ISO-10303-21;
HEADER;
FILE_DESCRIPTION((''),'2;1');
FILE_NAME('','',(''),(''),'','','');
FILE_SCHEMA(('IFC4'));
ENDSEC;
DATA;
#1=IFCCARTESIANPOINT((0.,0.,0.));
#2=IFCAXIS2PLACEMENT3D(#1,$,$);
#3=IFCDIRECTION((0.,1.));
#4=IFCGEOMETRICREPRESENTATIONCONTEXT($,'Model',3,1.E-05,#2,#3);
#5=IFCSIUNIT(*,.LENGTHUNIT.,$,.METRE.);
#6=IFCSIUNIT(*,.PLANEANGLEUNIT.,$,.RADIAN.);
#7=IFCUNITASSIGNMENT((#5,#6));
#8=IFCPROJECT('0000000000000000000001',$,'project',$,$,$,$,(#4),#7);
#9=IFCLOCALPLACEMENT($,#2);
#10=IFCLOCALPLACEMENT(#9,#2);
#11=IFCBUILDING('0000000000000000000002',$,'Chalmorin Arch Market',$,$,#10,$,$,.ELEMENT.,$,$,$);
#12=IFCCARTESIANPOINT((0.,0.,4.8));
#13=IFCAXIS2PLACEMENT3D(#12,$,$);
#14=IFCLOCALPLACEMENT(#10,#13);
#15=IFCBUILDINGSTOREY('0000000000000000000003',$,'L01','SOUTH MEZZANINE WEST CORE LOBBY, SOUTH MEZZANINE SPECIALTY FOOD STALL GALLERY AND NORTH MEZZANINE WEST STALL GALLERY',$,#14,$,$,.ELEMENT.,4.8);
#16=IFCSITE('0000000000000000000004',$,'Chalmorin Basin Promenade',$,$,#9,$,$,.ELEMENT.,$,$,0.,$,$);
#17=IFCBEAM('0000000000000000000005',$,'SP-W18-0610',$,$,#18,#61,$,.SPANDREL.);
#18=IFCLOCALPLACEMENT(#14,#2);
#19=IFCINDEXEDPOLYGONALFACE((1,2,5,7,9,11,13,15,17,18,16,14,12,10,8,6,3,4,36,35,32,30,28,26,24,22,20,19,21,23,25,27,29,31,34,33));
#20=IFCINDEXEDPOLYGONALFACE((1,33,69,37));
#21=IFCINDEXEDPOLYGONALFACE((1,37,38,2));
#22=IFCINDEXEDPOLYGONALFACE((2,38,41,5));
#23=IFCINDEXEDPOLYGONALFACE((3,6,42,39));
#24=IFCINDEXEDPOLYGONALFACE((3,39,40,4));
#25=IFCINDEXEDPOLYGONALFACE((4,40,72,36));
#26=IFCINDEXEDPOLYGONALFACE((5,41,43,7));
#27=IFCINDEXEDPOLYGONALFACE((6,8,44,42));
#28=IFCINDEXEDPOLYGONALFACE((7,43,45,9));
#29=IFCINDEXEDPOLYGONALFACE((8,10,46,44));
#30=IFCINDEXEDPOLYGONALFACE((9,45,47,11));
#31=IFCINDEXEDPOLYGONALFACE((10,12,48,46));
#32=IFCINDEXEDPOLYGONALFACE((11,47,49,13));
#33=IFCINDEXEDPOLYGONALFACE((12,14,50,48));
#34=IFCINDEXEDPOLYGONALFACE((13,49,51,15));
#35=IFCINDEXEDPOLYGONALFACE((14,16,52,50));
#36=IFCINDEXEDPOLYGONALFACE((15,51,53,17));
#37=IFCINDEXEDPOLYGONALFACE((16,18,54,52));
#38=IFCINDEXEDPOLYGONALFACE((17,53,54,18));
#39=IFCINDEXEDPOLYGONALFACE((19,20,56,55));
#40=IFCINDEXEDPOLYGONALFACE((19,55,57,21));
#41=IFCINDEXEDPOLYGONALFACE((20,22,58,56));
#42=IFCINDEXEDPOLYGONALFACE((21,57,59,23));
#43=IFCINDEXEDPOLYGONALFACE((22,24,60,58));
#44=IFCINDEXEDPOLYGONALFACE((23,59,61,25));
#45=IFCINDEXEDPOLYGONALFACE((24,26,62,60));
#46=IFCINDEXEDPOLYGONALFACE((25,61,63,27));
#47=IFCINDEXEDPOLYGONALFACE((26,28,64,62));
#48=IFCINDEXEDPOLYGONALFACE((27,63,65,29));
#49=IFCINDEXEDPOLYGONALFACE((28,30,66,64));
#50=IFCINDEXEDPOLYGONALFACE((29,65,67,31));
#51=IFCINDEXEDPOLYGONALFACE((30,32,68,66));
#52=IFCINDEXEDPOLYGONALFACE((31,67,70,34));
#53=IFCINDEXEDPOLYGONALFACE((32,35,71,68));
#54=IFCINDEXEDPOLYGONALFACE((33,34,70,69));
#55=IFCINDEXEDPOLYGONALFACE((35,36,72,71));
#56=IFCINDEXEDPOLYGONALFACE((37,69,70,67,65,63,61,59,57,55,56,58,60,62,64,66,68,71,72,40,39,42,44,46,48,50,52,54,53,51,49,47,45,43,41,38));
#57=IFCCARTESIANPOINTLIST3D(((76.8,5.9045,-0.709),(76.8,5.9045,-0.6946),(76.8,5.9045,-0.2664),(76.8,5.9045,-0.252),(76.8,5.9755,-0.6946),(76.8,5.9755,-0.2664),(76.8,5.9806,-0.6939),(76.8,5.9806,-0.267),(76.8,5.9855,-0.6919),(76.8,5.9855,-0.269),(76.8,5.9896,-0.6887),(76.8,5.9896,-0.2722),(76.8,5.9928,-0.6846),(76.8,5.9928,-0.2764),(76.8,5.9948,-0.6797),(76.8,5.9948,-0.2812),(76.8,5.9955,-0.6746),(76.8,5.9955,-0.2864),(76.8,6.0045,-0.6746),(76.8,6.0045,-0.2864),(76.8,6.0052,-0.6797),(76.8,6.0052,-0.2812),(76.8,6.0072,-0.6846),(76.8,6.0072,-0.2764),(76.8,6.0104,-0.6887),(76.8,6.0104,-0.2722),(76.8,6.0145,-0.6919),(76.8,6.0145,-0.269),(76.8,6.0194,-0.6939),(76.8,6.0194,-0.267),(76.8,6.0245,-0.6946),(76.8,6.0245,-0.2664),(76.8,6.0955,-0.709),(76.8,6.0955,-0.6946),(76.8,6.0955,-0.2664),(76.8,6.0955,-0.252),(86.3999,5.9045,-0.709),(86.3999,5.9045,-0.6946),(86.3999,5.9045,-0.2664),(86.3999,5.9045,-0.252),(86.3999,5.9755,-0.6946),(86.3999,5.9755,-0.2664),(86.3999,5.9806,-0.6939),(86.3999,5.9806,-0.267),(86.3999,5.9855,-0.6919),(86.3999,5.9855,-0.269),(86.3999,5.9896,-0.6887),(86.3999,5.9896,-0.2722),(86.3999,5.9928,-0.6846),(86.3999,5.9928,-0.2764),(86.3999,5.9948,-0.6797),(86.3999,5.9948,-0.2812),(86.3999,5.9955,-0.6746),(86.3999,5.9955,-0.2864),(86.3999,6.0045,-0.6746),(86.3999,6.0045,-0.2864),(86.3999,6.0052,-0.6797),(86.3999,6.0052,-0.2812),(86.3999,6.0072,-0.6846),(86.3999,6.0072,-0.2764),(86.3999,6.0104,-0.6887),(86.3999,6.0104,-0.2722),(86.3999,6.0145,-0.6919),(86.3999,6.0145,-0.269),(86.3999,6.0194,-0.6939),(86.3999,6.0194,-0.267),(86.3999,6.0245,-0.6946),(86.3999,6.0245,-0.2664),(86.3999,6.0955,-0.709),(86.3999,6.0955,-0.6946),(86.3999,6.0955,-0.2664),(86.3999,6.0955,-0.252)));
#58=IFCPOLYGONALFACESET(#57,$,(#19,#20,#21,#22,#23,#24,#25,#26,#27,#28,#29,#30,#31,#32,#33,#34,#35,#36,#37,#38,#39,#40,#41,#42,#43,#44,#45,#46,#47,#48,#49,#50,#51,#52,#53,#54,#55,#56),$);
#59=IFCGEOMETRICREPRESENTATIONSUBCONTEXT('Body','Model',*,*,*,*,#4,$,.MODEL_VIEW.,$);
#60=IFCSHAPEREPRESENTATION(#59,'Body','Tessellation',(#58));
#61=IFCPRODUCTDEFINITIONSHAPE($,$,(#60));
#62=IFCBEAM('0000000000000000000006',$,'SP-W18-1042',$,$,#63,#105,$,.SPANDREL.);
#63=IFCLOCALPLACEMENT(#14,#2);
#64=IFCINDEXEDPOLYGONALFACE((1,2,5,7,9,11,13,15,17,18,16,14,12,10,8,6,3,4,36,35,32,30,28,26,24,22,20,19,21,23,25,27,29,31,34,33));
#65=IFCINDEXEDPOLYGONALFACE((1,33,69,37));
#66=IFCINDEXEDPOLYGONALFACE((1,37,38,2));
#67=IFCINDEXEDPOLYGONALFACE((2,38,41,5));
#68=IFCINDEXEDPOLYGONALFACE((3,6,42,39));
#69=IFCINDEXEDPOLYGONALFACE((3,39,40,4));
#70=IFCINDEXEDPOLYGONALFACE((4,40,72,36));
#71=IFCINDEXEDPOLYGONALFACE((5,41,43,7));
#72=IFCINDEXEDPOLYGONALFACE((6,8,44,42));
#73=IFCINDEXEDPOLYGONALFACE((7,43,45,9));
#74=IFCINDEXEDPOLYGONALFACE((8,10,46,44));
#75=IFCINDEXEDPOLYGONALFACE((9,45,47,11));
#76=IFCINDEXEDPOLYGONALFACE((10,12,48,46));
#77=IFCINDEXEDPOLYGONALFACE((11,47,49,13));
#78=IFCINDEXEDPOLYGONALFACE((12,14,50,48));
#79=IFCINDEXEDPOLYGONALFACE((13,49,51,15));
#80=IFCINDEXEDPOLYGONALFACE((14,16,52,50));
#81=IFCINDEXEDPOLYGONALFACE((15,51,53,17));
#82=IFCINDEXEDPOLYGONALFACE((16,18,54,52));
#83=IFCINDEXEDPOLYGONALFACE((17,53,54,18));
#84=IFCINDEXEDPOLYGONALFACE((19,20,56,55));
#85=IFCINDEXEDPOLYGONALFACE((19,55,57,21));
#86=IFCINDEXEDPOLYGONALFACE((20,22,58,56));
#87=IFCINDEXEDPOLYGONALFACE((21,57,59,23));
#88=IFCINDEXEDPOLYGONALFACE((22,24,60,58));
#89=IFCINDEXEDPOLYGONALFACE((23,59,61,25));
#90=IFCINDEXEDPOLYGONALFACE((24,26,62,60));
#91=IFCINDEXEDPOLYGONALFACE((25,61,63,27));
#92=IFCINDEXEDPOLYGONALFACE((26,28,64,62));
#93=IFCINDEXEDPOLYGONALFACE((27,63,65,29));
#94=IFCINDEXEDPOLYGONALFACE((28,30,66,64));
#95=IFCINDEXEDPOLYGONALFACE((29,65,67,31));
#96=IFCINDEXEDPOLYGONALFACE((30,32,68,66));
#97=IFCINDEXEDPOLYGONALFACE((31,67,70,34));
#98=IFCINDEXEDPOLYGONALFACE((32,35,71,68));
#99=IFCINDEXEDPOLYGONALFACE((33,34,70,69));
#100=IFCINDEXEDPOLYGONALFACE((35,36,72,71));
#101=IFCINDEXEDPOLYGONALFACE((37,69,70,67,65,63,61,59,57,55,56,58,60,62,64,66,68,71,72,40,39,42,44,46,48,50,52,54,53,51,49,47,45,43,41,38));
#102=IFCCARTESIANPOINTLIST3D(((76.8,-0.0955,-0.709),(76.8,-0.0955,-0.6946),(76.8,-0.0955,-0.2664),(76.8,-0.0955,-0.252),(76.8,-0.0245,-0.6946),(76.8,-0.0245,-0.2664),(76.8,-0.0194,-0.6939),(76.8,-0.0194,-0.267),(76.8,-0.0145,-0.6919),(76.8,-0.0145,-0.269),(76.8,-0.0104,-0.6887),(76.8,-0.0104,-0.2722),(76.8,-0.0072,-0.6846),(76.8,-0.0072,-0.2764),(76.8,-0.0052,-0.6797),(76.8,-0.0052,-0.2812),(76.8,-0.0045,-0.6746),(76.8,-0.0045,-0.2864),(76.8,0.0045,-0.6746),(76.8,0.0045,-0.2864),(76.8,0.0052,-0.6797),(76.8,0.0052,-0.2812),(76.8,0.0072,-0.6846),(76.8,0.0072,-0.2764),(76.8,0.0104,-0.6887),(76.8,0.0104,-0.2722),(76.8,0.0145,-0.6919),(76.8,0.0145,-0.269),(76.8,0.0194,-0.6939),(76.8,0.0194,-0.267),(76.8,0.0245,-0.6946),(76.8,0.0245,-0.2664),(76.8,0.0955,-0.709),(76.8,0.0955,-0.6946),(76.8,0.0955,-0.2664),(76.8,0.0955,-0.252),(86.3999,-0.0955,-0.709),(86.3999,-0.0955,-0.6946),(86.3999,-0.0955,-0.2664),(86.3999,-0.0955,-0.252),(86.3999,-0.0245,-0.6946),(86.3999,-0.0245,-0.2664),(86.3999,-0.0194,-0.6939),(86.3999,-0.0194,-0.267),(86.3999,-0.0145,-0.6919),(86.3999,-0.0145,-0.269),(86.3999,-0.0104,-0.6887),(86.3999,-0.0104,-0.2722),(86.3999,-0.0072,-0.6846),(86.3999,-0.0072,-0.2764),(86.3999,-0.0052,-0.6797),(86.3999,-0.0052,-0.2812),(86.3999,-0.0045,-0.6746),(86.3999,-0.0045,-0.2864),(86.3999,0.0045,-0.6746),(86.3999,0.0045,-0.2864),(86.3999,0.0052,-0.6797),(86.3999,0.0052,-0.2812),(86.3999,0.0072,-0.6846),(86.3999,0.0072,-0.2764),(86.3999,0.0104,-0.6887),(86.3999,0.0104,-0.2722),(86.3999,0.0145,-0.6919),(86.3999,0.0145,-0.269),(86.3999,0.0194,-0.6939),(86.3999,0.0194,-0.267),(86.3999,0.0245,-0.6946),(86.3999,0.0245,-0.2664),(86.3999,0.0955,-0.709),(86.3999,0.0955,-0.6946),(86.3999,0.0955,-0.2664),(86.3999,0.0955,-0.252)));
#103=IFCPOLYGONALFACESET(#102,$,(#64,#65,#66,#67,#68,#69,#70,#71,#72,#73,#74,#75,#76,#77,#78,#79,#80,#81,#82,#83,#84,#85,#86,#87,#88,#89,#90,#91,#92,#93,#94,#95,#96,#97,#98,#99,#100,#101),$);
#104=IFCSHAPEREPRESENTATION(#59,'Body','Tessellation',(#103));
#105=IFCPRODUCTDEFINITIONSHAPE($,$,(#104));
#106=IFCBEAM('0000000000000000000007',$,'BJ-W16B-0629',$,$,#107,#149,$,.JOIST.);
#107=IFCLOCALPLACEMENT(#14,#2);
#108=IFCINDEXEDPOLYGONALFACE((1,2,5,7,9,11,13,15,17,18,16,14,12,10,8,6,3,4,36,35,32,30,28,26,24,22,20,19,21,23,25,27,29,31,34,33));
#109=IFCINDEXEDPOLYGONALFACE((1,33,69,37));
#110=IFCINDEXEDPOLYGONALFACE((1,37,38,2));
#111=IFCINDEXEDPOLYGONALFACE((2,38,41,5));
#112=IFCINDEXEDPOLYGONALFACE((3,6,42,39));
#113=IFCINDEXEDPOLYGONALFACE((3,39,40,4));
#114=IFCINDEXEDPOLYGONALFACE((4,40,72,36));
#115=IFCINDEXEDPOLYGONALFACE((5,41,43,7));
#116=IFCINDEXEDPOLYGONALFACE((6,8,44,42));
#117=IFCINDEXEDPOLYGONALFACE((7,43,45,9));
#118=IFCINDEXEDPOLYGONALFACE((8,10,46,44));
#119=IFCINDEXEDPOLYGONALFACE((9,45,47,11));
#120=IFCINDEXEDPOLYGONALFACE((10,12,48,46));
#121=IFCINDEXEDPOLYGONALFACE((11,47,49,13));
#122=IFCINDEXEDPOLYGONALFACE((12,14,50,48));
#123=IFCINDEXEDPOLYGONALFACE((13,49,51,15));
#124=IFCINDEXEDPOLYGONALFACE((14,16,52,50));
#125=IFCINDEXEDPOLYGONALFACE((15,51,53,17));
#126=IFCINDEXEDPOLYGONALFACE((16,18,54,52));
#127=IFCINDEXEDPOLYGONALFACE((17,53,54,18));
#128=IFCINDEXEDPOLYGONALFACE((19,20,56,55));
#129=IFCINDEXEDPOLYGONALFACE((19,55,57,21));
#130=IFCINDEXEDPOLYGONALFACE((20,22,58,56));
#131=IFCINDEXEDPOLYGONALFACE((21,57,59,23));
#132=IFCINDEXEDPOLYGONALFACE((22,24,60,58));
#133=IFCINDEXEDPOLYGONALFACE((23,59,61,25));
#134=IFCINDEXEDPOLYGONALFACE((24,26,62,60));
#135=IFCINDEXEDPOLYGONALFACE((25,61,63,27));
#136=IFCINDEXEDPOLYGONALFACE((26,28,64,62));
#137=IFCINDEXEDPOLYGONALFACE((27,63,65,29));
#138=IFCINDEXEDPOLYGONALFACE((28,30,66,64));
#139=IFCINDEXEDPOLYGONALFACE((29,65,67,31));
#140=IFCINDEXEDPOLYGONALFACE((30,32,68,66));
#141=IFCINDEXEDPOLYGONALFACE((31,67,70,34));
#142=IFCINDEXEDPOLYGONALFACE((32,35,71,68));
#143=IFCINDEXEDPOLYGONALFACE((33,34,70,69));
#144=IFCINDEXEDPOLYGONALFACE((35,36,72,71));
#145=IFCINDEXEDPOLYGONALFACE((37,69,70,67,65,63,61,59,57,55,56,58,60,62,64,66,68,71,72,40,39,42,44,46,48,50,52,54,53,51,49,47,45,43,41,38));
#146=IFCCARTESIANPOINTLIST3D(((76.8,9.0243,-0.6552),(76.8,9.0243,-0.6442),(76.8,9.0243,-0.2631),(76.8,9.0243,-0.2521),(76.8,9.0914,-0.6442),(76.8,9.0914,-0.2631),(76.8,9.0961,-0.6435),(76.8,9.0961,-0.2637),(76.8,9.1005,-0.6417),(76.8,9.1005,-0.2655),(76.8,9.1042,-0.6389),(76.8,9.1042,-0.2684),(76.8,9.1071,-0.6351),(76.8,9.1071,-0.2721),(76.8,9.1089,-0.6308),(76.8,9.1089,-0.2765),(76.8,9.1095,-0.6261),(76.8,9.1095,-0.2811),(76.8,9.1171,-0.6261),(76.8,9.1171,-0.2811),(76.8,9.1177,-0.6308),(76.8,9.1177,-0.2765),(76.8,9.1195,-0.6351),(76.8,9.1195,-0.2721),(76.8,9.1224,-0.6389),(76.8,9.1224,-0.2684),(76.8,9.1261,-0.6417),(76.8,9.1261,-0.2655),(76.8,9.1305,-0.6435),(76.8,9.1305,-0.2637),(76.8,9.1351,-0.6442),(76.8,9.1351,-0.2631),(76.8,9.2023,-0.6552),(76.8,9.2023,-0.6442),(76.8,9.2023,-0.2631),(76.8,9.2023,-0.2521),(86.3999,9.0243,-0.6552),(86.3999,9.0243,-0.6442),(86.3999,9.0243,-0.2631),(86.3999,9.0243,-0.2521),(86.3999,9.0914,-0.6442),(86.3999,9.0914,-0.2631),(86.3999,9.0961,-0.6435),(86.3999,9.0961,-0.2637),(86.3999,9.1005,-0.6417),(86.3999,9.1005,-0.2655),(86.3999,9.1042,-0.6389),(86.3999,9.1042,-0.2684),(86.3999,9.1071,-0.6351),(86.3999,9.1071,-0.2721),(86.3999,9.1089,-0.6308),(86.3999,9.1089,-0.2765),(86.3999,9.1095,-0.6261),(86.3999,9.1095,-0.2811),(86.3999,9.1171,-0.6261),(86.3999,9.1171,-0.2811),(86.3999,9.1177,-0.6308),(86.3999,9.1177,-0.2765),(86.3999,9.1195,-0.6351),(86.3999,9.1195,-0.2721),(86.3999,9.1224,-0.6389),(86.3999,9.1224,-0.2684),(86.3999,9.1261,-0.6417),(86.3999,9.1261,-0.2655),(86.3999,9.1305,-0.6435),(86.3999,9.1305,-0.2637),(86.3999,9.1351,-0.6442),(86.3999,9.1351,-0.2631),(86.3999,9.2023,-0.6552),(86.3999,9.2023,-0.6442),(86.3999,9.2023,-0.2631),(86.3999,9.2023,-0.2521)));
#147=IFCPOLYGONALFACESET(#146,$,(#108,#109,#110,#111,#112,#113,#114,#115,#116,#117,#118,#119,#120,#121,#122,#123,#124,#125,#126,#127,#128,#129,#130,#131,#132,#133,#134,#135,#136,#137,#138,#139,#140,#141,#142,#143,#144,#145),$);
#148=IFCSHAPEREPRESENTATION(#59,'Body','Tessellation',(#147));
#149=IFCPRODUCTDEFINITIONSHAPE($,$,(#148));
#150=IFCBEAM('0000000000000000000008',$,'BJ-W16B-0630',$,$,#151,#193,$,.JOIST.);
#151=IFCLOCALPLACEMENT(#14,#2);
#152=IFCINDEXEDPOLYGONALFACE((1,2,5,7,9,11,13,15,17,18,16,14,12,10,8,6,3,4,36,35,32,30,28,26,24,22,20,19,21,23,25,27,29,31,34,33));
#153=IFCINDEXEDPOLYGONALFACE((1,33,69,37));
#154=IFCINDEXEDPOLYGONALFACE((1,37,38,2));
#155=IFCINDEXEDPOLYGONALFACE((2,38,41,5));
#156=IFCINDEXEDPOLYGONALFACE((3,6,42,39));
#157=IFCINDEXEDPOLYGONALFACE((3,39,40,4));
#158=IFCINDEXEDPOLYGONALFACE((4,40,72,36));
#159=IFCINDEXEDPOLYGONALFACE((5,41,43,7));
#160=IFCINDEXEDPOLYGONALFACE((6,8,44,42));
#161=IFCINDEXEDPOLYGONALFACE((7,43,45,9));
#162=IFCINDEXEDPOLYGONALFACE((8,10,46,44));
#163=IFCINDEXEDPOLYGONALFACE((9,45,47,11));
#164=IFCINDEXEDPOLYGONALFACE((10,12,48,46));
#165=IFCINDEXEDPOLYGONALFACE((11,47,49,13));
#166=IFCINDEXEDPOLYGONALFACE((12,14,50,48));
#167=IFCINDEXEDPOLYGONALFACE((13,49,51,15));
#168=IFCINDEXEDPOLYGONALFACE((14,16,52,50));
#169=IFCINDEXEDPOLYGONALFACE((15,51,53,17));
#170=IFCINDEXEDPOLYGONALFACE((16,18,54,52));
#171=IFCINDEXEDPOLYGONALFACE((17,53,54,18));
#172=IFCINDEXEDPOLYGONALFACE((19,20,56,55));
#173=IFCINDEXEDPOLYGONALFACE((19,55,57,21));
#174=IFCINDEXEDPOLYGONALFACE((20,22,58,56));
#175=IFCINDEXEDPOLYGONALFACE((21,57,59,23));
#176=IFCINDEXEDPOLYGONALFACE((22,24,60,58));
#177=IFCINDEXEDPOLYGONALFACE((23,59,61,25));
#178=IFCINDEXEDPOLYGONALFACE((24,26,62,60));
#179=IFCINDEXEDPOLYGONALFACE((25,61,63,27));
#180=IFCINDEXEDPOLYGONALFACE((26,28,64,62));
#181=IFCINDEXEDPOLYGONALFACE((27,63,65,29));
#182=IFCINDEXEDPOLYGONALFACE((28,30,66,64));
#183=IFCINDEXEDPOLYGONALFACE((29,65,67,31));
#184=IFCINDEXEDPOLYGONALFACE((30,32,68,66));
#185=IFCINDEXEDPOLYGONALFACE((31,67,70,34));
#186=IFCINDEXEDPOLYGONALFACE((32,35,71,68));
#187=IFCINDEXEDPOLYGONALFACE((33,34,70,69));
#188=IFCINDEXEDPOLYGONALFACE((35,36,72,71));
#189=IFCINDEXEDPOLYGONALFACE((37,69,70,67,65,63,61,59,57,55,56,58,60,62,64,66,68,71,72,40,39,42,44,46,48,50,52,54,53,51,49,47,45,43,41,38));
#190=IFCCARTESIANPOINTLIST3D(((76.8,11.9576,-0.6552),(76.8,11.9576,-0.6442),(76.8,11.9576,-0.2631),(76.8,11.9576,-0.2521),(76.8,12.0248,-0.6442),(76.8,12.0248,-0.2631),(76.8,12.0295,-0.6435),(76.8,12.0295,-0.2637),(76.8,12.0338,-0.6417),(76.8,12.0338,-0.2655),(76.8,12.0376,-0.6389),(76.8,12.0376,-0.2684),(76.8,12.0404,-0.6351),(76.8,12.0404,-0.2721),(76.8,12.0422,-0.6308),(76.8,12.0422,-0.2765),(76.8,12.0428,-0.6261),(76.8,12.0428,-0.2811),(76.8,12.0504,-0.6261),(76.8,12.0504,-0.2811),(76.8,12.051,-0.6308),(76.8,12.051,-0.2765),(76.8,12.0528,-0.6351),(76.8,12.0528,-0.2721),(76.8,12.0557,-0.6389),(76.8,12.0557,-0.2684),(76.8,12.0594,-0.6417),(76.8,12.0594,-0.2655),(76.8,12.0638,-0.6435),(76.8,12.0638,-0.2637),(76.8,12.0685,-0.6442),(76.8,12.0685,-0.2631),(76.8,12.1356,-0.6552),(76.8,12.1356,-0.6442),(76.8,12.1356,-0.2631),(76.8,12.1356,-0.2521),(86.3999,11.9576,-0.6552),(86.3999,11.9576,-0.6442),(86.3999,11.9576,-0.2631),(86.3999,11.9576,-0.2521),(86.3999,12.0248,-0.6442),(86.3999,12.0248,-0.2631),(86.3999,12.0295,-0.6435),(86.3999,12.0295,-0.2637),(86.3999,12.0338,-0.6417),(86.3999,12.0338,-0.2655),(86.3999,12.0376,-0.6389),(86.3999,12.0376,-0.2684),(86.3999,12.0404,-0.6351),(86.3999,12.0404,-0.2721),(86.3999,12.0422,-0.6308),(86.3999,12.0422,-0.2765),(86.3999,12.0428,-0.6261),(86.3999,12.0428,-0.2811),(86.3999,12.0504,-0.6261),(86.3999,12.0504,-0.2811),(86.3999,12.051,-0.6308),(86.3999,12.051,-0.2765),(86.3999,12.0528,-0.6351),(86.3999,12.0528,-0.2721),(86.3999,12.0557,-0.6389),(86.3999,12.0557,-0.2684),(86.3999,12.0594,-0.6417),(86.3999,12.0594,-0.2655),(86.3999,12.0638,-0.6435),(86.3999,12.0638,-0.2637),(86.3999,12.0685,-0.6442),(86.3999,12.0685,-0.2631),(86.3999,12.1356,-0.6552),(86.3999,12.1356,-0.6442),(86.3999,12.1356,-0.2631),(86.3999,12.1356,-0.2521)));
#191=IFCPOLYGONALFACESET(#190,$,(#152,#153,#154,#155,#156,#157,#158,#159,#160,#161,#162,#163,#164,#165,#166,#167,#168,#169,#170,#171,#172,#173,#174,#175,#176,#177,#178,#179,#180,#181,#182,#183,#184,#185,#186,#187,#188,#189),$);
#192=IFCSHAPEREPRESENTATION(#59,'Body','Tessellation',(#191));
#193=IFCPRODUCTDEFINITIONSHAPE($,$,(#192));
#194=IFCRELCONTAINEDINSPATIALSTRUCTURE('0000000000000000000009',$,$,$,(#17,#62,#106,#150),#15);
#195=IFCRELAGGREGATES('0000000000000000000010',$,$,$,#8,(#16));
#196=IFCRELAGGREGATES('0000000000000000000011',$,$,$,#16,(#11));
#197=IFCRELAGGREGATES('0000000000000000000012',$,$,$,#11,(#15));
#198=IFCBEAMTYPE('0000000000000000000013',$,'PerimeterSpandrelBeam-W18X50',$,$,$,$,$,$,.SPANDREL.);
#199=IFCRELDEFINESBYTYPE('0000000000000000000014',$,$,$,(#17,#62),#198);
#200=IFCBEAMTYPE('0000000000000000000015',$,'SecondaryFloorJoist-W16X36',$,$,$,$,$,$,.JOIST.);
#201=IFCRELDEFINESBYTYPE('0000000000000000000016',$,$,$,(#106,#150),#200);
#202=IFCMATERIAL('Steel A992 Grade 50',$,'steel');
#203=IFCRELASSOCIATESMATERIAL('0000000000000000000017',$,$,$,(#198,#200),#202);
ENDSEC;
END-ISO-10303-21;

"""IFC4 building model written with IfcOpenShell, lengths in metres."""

from ifc_helpers import new_model, si_unit, direction, frame, origin, origin_2d, place, context, subcontext, project, spatial, i_section, extrude, material, material_profile, profile_set, type_object, element, save


model = new_model("IFC4")

# Units and contexts
model_context = context("Model", 3, precision=1e-05, world=origin(), true_north=direction((0.0, 1.0)))
body_context = subcontext(model_context, "Body", "Model", "MODEL_VIEW")
ifc_project = project(units=[si_unit("LENGTHUNIT", "METRE"), si_unit("PLANEANGLEUNIT", "RADIAN")], contexts=[model_context])

# Site, building, storey
site_placement = place(None, origin())
site = spatial("IfcSite", under=ifc_project, at=site_placement, Name="Chalmorin Basin Promenade", CompositionType="ELEMENT", RefElevation=0.0)
building_placement = place(site_placement, origin())
building = spatial("IfcBuilding", under=site, at=building_placement, Name="Chalmorin Arch Market", CompositionType="ELEMENT")
storey_placement = place(building_placement, frame((0.0, 0.0, 4.8)))
storey = spatial("IfcBuildingStorey", under=building, at=storey_placement, Name="L01", Description="SOUTH MEZZANINE WEST CORE LOBBY, SOUTH MEZZANINE SPECIALTY FOOD STALL GALLERY AND NORTH MEZZANINE WEST STALL GALLERY", CompositionType="ELEMENT", Elevation=4.8)

# Beams
ifc_material_1 = material(Name="Steel A992 Grade 50", Category="steel")
ifc_material_profile_1 = material_profile(ifc_material_1, i_section(OverallWidth=0.1909, OverallDepth=0.457, WebThickness=0.009, FlangeThickness=0.0144, FilletRadius=0.02, at=origin_2d()), Name="W18X50")
ifc_profile_set_1 = profile_set([ifc_material_profile_1], Name="Steel A992 Grade 50")
beam_type_1 = type_object("IfcBeamType", Name="PerimeterSpandrelBeam-W18X50", PredefinedType="SPANDREL", material=ifc_profile_set_1)
for number, where, z_axis, x_axis, name in (
    (1, (76.8, 6.0, -0.4805), (1.0, 0.0, 0.0), (0.0, 1.0, 0.0), "SP-W18-0610"),
    (2, (76.8, 0.0, -0.4805), (1.0, 0.0, 0.0), (0.0, 1.0, 0.0), "SP-W18-1042"),
):
    element("IfcBeam", number, at=place(storey_placement, frame(where, z_axis=z_axis, x_axis=x_axis)), inside=storey, type_object=beam_type_1, Name=name, PredefinedType="SPANDREL", context=body_context, shape_type="SweptSolid", body=[
        extrude(i_section(OverallWidth=0.1909, OverallDepth=0.457, WebThickness=0.009, FlangeThickness=0.0144, FilletRadius=0.02, at=origin_2d()), origin(), (0.0, 0.0, 1.0), 9.5999),
    ])
ifc_material_profile_2 = material_profile(ifc_material_1, i_section(OverallWidth=0.178, OverallDepth=0.4031, WebThickness=0.0076, FlangeThickness=0.011, FilletRadius=0.0181, at=origin_2d()), Name="W16X36")
ifc_profile_set_2 = profile_set([ifc_material_profile_2], Name="Steel A992 Grade 50")
beam_type_2 = type_object("IfcBeamType", Name="SecondaryFloorJoist-W16X36", PredefinedType="JOIST", material=ifc_profile_set_2)
for number, where, z_axis, x_axis, name in (
    (3, (76.8, 9.1133, -0.4536), (1.0, 0.0, 0.0), (0.0, 1.0, 0.0), "BJ-W16B-0629"),
    (4, (76.8, 12.0466, -0.4536), (1.0, 0.0, 0.0), (0.0, 1.0, 0.0), "BJ-W16B-0630"),
):
    element("IfcBeam", number, at=place(storey_placement, frame(where, z_axis=z_axis, x_axis=x_axis)), inside=storey, type_object=beam_type_2, Name=name, PredefinedType="JOIST", context=body_context, shape_type="SweptSolid", body=[
        extrude(i_section(OverallWidth=0.178, OverallDepth=0.4031, WebThickness=0.0076, FlangeThickness=0.011, FilletRadius=0.0181, at=origin_2d()), origin(), (0.0, 0.0, 1.0), 9.5999),
    ])

save(model, "model.ifc")
